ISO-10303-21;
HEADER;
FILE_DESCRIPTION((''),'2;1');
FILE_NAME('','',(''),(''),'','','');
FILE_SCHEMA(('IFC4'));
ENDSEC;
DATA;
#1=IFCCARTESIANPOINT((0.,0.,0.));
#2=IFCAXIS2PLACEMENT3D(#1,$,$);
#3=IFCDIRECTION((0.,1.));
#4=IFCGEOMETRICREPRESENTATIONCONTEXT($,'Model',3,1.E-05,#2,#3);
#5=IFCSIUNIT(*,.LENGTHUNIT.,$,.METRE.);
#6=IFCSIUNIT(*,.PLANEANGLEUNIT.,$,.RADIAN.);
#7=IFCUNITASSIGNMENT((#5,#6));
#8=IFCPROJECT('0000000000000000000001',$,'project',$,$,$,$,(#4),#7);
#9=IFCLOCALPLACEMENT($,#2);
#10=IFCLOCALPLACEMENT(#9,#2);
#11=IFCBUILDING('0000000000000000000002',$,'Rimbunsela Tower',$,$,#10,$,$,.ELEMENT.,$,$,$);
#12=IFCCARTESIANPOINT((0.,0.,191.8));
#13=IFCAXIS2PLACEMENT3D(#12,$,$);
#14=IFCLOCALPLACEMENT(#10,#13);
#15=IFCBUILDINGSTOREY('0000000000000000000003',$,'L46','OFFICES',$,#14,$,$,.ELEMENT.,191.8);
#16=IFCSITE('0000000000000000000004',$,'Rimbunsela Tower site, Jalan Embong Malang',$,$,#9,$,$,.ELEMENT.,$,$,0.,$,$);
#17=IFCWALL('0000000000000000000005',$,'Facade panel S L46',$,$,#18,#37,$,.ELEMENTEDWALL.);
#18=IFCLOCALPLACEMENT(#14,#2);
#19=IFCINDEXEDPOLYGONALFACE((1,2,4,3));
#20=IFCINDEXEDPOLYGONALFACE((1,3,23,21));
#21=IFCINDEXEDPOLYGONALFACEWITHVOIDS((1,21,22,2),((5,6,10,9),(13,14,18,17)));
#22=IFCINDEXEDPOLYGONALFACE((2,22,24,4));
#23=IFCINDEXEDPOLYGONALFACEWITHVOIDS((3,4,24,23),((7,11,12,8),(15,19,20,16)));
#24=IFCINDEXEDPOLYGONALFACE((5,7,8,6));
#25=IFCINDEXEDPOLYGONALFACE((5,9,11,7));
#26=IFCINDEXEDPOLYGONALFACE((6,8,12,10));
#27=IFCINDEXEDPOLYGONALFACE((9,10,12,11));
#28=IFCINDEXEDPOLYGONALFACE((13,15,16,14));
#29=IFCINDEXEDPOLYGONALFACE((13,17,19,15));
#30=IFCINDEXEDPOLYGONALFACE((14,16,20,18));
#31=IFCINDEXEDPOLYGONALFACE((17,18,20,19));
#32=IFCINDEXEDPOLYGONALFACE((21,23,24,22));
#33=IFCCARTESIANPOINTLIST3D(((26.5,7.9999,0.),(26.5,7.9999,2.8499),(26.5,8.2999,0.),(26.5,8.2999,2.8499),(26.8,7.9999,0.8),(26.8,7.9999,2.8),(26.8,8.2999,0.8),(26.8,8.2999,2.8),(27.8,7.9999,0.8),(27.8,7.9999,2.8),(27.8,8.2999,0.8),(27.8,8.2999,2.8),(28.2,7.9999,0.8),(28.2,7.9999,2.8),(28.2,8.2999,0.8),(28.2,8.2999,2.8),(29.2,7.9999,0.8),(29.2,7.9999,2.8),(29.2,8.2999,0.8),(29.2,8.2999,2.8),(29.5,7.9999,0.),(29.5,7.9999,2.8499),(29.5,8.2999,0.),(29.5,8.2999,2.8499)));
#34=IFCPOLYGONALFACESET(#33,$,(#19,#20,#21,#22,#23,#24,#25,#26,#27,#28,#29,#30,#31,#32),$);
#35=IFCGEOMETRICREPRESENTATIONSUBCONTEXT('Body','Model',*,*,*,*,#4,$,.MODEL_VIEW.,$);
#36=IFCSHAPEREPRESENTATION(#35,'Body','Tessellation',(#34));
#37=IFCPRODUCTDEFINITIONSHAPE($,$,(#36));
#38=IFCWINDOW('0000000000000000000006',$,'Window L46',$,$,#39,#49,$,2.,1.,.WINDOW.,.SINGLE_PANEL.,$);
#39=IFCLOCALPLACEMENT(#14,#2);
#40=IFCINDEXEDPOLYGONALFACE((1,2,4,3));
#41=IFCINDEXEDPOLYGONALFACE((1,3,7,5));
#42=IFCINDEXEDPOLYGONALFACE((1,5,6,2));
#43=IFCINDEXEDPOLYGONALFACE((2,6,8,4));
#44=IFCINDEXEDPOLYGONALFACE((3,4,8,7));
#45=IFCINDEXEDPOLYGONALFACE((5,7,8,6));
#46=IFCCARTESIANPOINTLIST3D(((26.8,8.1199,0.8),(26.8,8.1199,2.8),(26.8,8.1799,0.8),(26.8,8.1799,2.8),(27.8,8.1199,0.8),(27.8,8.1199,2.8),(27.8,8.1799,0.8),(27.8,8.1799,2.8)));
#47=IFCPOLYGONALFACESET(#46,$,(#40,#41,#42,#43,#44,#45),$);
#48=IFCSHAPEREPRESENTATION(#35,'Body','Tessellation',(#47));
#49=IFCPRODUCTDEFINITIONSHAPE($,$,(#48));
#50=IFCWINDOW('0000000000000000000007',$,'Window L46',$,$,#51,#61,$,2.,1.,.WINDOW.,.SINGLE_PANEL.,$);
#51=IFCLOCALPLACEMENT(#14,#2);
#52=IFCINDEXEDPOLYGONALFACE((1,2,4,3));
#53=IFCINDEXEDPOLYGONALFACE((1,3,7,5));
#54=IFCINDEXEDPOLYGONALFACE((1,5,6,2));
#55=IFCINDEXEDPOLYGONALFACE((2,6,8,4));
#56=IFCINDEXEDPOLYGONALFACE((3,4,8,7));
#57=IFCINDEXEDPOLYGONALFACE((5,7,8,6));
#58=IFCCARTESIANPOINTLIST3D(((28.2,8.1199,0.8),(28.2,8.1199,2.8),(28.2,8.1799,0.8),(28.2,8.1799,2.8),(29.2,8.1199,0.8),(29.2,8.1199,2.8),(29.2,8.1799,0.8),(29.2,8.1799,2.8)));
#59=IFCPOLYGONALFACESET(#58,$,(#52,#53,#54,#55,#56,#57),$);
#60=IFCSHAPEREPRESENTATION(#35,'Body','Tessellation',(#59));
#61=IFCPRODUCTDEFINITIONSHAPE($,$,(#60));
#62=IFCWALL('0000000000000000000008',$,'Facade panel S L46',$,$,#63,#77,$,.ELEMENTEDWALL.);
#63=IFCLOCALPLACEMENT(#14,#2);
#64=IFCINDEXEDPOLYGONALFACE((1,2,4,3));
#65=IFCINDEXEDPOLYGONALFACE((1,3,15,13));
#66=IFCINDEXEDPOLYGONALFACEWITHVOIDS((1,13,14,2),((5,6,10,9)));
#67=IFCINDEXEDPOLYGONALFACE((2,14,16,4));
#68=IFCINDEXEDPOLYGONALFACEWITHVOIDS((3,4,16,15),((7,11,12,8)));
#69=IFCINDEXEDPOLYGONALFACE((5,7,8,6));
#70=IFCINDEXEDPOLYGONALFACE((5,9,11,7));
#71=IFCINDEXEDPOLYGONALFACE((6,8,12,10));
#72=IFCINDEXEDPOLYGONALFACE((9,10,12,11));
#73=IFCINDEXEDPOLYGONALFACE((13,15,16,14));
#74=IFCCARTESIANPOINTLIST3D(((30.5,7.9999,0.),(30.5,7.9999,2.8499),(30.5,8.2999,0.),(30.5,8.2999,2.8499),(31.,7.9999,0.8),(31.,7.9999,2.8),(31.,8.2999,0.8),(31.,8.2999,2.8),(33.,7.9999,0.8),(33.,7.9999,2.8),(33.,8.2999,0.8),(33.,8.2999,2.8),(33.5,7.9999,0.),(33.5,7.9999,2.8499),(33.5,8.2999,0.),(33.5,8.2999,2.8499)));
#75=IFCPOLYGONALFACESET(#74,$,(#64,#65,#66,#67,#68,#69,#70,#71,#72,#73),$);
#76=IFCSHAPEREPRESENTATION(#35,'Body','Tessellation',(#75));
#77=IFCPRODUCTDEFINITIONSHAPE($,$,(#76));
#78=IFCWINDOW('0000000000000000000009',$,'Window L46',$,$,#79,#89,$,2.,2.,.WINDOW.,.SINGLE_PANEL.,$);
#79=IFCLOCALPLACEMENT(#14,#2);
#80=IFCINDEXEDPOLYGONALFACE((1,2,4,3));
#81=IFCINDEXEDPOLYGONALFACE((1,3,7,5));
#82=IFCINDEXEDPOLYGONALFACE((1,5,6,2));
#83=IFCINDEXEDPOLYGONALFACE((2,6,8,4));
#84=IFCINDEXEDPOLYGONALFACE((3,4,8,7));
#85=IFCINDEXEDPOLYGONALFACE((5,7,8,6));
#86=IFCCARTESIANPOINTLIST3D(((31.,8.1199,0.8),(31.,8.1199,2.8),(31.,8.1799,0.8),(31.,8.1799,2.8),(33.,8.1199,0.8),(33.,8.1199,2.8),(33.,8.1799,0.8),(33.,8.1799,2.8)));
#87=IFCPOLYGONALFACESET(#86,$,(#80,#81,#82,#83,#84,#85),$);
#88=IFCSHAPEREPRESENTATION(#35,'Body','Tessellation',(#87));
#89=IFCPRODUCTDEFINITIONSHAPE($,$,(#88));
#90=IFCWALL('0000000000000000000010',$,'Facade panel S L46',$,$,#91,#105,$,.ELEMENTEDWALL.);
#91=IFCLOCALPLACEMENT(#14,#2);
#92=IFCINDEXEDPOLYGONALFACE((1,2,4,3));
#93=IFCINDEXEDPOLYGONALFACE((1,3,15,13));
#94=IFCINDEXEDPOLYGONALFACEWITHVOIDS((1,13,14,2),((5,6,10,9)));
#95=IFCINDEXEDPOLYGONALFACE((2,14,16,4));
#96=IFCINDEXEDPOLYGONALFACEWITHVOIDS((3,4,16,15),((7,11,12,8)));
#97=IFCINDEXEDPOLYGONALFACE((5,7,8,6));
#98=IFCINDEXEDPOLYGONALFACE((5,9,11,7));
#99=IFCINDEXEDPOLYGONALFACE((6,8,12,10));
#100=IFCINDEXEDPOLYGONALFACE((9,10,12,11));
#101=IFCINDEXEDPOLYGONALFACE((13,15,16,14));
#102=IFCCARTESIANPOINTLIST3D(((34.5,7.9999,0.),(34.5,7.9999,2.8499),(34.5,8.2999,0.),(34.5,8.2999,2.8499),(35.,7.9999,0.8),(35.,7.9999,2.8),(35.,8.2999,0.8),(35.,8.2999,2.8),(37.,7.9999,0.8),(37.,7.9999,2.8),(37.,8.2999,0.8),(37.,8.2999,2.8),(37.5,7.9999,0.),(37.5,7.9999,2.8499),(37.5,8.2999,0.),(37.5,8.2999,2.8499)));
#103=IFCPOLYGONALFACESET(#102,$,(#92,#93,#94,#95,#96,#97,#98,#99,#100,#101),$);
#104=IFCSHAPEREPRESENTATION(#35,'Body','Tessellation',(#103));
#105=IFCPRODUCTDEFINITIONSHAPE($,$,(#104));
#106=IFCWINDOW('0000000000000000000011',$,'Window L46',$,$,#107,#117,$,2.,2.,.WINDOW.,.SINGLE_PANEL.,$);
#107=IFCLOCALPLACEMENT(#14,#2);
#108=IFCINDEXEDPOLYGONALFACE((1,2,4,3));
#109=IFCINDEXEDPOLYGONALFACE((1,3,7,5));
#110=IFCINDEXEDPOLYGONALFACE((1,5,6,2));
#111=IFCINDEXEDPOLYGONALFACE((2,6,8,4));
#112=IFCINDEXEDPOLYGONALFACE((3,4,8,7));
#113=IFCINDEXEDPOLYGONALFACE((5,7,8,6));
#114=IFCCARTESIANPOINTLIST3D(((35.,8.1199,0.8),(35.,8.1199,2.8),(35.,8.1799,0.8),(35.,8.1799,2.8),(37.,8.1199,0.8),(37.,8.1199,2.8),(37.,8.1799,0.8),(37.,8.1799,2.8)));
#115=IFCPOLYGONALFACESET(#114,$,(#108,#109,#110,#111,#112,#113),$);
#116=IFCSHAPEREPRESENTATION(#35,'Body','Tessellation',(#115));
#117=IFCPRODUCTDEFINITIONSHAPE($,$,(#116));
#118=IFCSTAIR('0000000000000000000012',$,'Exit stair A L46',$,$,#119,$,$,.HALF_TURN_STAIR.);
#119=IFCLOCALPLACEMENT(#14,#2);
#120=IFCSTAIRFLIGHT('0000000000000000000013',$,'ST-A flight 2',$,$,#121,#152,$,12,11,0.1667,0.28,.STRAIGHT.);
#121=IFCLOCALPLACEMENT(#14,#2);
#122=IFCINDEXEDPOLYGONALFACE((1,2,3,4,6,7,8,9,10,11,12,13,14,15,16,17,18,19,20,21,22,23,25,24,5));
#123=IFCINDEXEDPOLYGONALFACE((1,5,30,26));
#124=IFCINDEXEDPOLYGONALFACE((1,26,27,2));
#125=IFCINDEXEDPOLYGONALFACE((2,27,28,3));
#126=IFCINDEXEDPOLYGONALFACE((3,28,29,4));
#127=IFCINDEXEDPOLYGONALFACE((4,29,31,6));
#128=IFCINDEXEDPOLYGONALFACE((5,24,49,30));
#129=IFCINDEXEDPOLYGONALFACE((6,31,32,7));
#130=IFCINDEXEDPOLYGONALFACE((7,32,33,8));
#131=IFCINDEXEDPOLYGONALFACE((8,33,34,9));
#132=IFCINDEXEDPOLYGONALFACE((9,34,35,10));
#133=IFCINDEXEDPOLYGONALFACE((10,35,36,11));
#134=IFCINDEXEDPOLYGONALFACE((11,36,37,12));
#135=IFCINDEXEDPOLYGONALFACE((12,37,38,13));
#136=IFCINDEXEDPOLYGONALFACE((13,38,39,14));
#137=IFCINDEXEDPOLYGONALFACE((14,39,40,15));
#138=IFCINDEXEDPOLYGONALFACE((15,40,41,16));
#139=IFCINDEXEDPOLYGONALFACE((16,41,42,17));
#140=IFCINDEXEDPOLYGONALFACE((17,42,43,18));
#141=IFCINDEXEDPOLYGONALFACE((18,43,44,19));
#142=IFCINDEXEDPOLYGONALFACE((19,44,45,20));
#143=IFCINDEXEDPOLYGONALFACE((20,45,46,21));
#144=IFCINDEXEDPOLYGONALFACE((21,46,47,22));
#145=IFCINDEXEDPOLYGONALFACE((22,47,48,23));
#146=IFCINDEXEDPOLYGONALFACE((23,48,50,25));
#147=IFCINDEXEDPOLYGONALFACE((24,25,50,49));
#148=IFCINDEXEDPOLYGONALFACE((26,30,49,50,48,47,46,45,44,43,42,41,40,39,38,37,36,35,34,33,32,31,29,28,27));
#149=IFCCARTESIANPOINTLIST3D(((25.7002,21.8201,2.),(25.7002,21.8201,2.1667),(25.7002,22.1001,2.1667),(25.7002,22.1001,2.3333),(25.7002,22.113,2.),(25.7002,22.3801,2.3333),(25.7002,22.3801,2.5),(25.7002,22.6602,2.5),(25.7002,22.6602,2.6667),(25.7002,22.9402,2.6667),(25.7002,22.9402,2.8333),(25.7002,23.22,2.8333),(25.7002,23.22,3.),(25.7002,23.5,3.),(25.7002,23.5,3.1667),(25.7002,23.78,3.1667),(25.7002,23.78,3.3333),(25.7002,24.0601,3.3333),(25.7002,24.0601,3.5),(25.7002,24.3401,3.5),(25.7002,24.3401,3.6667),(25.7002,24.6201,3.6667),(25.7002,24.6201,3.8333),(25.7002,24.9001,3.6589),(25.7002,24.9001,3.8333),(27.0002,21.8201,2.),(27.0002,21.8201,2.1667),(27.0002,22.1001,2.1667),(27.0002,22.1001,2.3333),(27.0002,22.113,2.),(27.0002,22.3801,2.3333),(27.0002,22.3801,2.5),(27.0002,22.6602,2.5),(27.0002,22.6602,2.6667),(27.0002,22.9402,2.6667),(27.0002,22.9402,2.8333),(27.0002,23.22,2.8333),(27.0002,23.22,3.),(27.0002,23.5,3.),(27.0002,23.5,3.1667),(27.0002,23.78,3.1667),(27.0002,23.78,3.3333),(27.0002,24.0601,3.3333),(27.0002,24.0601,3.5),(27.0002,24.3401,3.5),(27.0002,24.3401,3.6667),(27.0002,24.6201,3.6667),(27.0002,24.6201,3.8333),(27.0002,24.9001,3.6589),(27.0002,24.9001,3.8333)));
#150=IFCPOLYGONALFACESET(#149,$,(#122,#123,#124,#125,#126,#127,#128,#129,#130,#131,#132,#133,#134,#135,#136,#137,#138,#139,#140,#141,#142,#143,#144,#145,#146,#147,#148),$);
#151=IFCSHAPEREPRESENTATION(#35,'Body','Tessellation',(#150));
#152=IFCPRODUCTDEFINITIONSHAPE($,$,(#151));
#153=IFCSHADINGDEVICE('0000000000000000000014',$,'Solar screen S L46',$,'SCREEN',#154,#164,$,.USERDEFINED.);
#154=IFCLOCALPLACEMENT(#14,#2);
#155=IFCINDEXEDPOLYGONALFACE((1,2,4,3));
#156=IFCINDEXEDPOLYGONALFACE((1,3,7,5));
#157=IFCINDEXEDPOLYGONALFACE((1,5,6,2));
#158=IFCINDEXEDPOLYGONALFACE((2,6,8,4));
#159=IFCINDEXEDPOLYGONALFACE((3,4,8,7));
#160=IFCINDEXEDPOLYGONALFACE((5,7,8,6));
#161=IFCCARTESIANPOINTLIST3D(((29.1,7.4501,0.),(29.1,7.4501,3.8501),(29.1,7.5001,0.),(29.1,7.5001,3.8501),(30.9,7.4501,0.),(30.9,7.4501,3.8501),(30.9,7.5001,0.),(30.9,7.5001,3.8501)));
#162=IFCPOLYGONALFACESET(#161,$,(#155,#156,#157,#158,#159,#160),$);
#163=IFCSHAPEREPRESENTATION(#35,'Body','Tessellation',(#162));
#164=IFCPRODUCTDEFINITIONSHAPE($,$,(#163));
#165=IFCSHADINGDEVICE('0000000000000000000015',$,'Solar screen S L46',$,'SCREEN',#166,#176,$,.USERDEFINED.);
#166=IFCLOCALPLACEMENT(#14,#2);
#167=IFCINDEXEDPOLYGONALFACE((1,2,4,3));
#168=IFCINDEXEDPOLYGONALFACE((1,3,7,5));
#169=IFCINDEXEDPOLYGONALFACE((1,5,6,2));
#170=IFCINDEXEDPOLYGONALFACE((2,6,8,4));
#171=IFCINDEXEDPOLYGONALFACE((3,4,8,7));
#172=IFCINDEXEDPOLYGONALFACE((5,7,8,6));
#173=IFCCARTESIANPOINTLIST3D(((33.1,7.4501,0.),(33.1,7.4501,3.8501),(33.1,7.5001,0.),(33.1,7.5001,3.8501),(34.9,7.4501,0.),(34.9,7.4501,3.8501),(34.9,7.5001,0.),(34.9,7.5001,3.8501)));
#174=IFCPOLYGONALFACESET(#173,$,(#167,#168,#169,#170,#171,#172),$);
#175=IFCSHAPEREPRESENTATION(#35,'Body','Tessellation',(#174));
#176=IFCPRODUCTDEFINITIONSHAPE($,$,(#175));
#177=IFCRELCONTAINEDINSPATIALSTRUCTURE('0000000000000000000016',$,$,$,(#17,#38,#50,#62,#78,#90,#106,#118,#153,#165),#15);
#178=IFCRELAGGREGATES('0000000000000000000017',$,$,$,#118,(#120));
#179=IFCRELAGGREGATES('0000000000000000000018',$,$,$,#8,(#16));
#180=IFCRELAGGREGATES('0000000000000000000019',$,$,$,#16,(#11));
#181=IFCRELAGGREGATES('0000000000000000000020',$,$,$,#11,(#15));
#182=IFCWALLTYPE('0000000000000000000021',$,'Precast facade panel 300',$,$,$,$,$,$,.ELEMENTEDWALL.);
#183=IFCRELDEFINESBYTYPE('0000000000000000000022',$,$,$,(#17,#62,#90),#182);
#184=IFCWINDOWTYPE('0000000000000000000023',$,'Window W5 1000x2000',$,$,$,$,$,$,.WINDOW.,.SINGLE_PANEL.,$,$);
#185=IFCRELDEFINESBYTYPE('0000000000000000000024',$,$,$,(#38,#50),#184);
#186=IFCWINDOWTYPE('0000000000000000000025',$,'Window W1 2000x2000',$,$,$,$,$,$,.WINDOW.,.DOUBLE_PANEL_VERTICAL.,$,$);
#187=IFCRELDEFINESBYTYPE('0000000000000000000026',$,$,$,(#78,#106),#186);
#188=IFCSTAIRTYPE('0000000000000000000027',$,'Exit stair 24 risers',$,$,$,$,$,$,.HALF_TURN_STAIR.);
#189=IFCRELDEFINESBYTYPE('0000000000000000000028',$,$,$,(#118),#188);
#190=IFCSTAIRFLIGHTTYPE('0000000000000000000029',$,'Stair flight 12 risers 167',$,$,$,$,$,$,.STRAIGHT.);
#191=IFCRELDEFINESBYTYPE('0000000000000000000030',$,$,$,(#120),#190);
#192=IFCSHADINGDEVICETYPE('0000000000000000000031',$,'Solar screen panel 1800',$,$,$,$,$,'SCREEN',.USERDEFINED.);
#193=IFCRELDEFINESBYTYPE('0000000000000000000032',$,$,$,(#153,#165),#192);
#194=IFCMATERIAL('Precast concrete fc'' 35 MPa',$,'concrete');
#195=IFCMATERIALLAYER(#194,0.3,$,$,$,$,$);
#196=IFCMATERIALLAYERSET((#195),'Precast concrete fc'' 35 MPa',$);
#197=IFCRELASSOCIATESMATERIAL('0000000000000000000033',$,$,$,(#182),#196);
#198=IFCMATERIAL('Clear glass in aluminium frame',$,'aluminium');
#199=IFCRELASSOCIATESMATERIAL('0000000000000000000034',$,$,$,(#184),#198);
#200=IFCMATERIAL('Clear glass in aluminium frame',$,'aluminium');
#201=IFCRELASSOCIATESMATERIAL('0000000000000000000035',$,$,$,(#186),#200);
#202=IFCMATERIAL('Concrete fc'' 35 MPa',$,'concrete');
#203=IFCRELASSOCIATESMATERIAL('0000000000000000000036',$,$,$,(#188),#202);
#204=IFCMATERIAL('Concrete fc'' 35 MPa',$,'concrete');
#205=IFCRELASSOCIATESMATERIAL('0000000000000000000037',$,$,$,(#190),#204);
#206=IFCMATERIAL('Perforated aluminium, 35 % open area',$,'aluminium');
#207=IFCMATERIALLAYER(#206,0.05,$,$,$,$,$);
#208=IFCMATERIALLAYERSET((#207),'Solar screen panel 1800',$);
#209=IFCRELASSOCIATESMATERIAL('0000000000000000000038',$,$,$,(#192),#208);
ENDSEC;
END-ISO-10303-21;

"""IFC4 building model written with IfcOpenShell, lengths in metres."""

from ifc_helpers import new_model, si_unit, direction, frame, frame_2d, origin, origin_2d, place, context, subcontext, project, spatial, polyline, rectangle, outline, extrude, material, layer, layer_set, type_object, element, fill, aggregate, save


model = new_model("IFC4")

# Units and contexts
model_context = context("Model", 3, precision=1e-05, world=origin(), true_north=direction((0.0, 1.0)))
body_context = subcontext(model_context, "Body", "Model", "MODEL_VIEW")
ifc_project = project(units=[si_unit("LENGTHUNIT", "METRE"), si_unit("PLANEANGLEUNIT", "RADIAN")], contexts=[model_context])

# Site, building, storey
site_placement = place(None, origin())
site = spatial("IfcSite", under=ifc_project, at=site_placement, Name="Rimbunsela Tower site, Jalan Embong Malang", CompositionType="ELEMENT", RefElevation=0.0)
building_placement = place(site_placement, origin())
building = spatial("IfcBuilding", under=site, at=building_placement, Name="Rimbunsela Tower", CompositionType="ELEMENT")
storey_placement = place(building_placement, frame((0.0, 0.0, 191.8)))
storey = spatial("IfcBuildingStorey", under=building, at=storey_placement, Name="L46", Description="OFFICES", CompositionType="ELEMENT", Elevation=191.8)

# Wall, openings, windows
ifc_material_1 = material(Name="Precast concrete fc' 35 MPa", Category="concrete")
ifc_layer_1 = layer(ifc_material_1, 0.3)
ifc_layer_set_1 = layer_set([ifc_layer_1], Name="Precast concrete fc' 35 MPa")
wall_type_1 = type_object("IfcWallType", Name="Precast facade panel 300", PredefinedType="ELEMENTEDWALL", material=ifc_layer_set_1)
wall_1_placement = place(storey_placement, frame((26.5, 8.1499, 0.0), z_axis=(0.0, 0.0, 1.0), x_axis=(1.0, 0.0, 0.0)))
wall_1 = element("IfcWall", 1, at=wall_1_placement, inside=storey, type_object=wall_type_1, Name="Facade panel S L46", PredefinedType="ELEMENTEDWALL", context=body_context, shape_type="SweptSolid", body=[
    extrude(rectangle(XDim=3.0, YDim=0.3, at=frame_2d((1.5, 0.0))), origin(), (0.0, 0.0, 1.0), 2.8499),
])
opening_1_placement = place(wall_1_placement, frame((0.3, 0.0, 0.8)))
opening_1 = element("IfcOpeningElement", 2, at=opening_1_placement, cuts=wall_1, PredefinedType="OPENING", context=body_context, shape_type="SweptSolid", body=[
    extrude(rectangle(XDim=1.0, YDim=2.0, at=frame_2d((0.5, 1.0))), frame((0.0, 0.1599, 0.0), z_axis=(0.0, -1.0, 0.0), x_axis=(1.0, 0.0, 0.0)), (0.0, 0.0, 1.0), 0.3201),
])
opening_2_placement = place(wall_1_placement, frame((1.7, 0.0, 0.8)))
opening_2 = element("IfcOpeningElement", 3, at=opening_2_placement, cuts=wall_1, PredefinedType="OPENING", context=body_context, shape_type="SweptSolid", body=[
    extrude(rectangle(XDim=1.0, YDim=2.0, at=frame_2d((0.5, 1.0))), frame((0.0, 0.1599, 0.0), z_axis=(0.0, -1.0, 0.0), x_axis=(1.0, 0.0, 0.0)), (0.0, 0.0, 1.0), 0.3201),
])
ifc_material_2 = material(Name="Clear glass in aluminium frame", Category="aluminium")
window_type_1 = type_object("IfcWindowType", Name="Window W5 1000x2000", PartitioningType="SINGLE_PANEL", PredefinedType="WINDOW", material=ifc_material_2)
window_1_placement = place(opening_1_placement, origin())
window_1 = element("IfcWindow", 4, at=window_1_placement, inside=storey, type_object=window_type_1, Name="Window L46", OverallHeight=2.0, OverallWidth=1.0, PartitioningType="SINGLE_PANEL", PredefinedType="WINDOW", context=body_context, shape_type="SweptSolid", body=[
    extrude(rectangle(XDim=1.0, YDim=2.0, at=frame_2d((0.5, 1.0))), frame((0.0, 0.03, 0.0), z_axis=(0.0, -1.0, 0.0), x_axis=(1.0, 0.0, 0.0)), (0.0, 0.0, 1.0), 0.0601),
])
fill(opening_1, window_1)
window_2_placement = place(opening_2_placement, origin())
window_2 = element("IfcWindow", 5, at=window_2_placement, inside=storey, type_object=window_type_1, Name="Window L46", OverallHeight=2.0, OverallWidth=1.0, PartitioningType="SINGLE_PANEL", PredefinedType="WINDOW", context=body_context, shape_type="SweptSolid", body=[
    extrude(rectangle(XDim=1.0, YDim=2.0, at=frame_2d((0.5, 1.0))), frame((0.0, 0.03, 0.0), z_axis=(0.0, -1.0, 0.0), x_axis=(1.0, 0.0, 0.0)), (0.0, 0.0, 1.0), 0.0601),
])
fill(opening_2, window_2)

# Walls, openings, windows
wall_2_placement = place(storey_placement, frame((30.5, 8.1499, 0.0), z_axis=(0.0, 0.0, 1.0), x_axis=(1.0, 0.0, 0.0)))
wall_2 = element("IfcWall", 6, at=wall_2_placement, inside=storey, type_object=wall_type_1, Name="Facade panel S L46", PredefinedType="ELEMENTEDWALL", context=body_context, shape_type="SweptSolid", body=[
    extrude(rectangle(XDim=3.0, YDim=0.3, at=frame_2d((1.5, 0.0))), origin(), (0.0, 0.0, 1.0), 2.8499),
])
opening_3_placement = place(wall_2_placement, frame((0.5, 0.0, 0.8)))
opening_3 = element("IfcOpeningElement", 7, at=opening_3_placement, cuts=wall_2, PredefinedType="OPENING", context=body_context, shape_type="SweptSolid", body=[
    extrude(rectangle(XDim=2.0, YDim=2.0, at=frame_2d((1.0, 1.0))), frame((0.0, 0.1599, 0.0), z_axis=(0.0, -1.0, 0.0), x_axis=(1.0, 0.0, 0.0)), (0.0, 0.0, 1.0), 0.3201),
])
ifc_material_3 = material(Name="Clear glass in aluminium frame", Category="aluminium")
window_type_2 = type_object("IfcWindowType", Name="Window W1 2000x2000", PartitioningType="DOUBLE_PANEL_VERTICAL", PredefinedType="WINDOW", material=ifc_material_3)
window_3_placement = place(opening_3_placement, origin())
window_3 = element("IfcWindow", 8, at=window_3_placement, inside=storey, type_object=window_type_2, Name="Window L46", OverallHeight=2.0, OverallWidth=2.0, PartitioningType="SINGLE_PANEL", PredefinedType="WINDOW", context=body_context, shape_type="SweptSolid", body=[
    extrude(rectangle(XDim=2.0, YDim=2.0, at=frame_2d((1.0, 1.0))), frame((0.0, 0.03, 0.0), z_axis=(0.0, -1.0, 0.0), x_axis=(1.0, 0.0, 0.0)), (0.0, 0.0, 1.0), 0.0601),
])
fill(opening_3, window_3)
wall_3_placement = place(storey_placement, frame((34.5, 8.1499, 0.0), z_axis=(0.0, 0.0, 1.0), x_axis=(1.0, 0.0, 0.0)))
wall_3 = element("IfcWall", 9, at=wall_3_placement, inside=storey, type_object=wall_type_1, Name="Facade panel S L46", PredefinedType="ELEMENTEDWALL", context=body_context, shape_type="SweptSolid", body=[
    extrude(rectangle(XDim=3.0, YDim=0.3, at=frame_2d((1.5, 0.0))), origin(), (0.0, 0.0, 1.0), 2.8499),
])
opening_4_placement = place(wall_3_placement, frame((0.5, 0.0, 0.8)))
opening_4 = element("IfcOpeningElement", 10, at=opening_4_placement, cuts=wall_3, PredefinedType="OPENING", context=body_context, shape_type="SweptSolid", body=[
    extrude(rectangle(XDim=2.0, YDim=2.0, at=frame_2d((1.0, 1.0))), frame((0.0, 0.1599, 0.0), z_axis=(0.0, -1.0, 0.0), x_axis=(1.0, 0.0, 0.0)), (0.0, 0.0, 1.0), 0.3201),
])
window_4_placement = place(opening_4_placement, origin())
window_4 = element("IfcWindow", 11, at=window_4_placement, inside=storey, type_object=window_type_2, Name="Window L46", OverallHeight=2.0, OverallWidth=2.0, PartitioningType="SINGLE_PANEL", PredefinedType="WINDOW", context=body_context, shape_type="SweptSolid", body=[
    extrude(rectangle(XDim=2.0, YDim=2.0, at=frame_2d((1.0, 1.0))), frame((0.0, 0.03, 0.0), z_axis=(0.0, -1.0, 0.0), x_axis=(1.0, 0.0, 0.0)), (0.0, 0.0, 1.0), 0.0601),
])
fill(opening_4, window_4)

# Stair, stair flight
ifc_material_4 = material(Name="Concrete fc' 35 MPa", Category="concrete")
stair_type = type_object("IfcStairType", Name="Exit stair 24 risers", PredefinedType="HALF_TURN_STAIR", material=ifc_material_4)
stair_placement = place(storey_placement, origin())
stair = element("IfcStair", 12, at=stair_placement, inside=storey, type_object=stair_type, Name="Exit stair A L46", PredefinedType="HALF_TURN_STAIR")
ifc_material_5 = material(Name="Concrete fc' 35 MPa", Category="concrete")
stair_flight_type = type_object("IfcStairFlightType", Name="Stair flight 12 risers 167", PredefinedType="STRAIGHT", material=ifc_material_5)
stair_flight_placement = place(storey_placement, frame((26.3501, 21.8201, 2.0), z_axis=(0.0, 0.0, 1.0), x_axis=(0.0, 1.0, 0.0)))
stair_flight = element("IfcStairFlight", 13, at=stair_flight_placement, type_object=stair_flight_type, Name="ST-A flight 2", NumberOfRisers=12, NumberOfTreads=11, PredefinedType="STRAIGHT", RiserHeight=0.1667, TreadLength=0.28, context=body_context, shape_type="SweptSolid", body=[
    extrude(outline(polyline([(0.0, 0.0), (0.0, 0.1667), (0.28, 0.1667), (0.28, 0.3333), (0.5601, 0.3333), (0.5601, 0.5), (0.8401, 0.5), (0.8401, 0.6667), (1.1201, 0.6667), (1.1201, 0.8333), (1.3999, 0.8333), (1.3999, 1.0), (1.6799, 1.0), (1.6799, 1.1667), (1.96, 1.1667), (1.96, 1.3333), (2.24, 1.3333), (2.24, 1.5), (2.52, 1.5), (2.52, 1.6667), (2.8, 1.6667), (2.8, 1.8333), (3.0801, 1.8333), (3.0801, 2.0), (3.0801, 1.6589), (0.293, 0.0), (0.0, 0.0)])), frame((0.0, 0.6499, 0.0), z_axis=(0.0, -1.0, 0.0), x_axis=(1.0, 0.0, 0.0)), (0.0, 0.0, 1.0), 1.3),
])
aggregate(stair, [stair_flight])

# Shading devices
ifc_material_6 = material(Name="Perforated aluminium, 35 % open area", Category="aluminium")
ifc_layer_2 = layer(ifc_material_6, 0.05)
ifc_layer_set_2 = layer_set([ifc_layer_2], Name="Solar screen panel 1800")
shading_device_type = type_object("IfcShadingDeviceType", Name="Solar screen panel 1800", ElementType="SCREEN", PredefinedType="USERDEFINED", material=ifc_layer_set_2)
for number, where, z_axis, x_axis, name in (
    (14, (30.0, 7.4751, 0.0), (0.0, 0.0, 1.0), (1.0, 0.0, 0.0), "Solar screen S L46"),
    (15, (34.0, 7.4751, 0.0), (0.0, 0.0, 1.0), (1.0, 0.0, 0.0), "Solar screen S L46"),
):
    element("IfcShadingDevice", number, at=place(storey_placement, frame(where, z_axis=z_axis, x_axis=x_axis)), inside=storey, type_object=shading_device_type, Name=name, ObjectType="SCREEN", PredefinedType="USERDEFINED", context=body_context, shape_type="SweptSolid", body=[
        extrude(rectangle(XDim=1.8, YDim=0.05, at=origin_2d()), origin(), (0.0, 0.0, 1.0), 3.8501),
    ])

save(model, "model.ifc")
